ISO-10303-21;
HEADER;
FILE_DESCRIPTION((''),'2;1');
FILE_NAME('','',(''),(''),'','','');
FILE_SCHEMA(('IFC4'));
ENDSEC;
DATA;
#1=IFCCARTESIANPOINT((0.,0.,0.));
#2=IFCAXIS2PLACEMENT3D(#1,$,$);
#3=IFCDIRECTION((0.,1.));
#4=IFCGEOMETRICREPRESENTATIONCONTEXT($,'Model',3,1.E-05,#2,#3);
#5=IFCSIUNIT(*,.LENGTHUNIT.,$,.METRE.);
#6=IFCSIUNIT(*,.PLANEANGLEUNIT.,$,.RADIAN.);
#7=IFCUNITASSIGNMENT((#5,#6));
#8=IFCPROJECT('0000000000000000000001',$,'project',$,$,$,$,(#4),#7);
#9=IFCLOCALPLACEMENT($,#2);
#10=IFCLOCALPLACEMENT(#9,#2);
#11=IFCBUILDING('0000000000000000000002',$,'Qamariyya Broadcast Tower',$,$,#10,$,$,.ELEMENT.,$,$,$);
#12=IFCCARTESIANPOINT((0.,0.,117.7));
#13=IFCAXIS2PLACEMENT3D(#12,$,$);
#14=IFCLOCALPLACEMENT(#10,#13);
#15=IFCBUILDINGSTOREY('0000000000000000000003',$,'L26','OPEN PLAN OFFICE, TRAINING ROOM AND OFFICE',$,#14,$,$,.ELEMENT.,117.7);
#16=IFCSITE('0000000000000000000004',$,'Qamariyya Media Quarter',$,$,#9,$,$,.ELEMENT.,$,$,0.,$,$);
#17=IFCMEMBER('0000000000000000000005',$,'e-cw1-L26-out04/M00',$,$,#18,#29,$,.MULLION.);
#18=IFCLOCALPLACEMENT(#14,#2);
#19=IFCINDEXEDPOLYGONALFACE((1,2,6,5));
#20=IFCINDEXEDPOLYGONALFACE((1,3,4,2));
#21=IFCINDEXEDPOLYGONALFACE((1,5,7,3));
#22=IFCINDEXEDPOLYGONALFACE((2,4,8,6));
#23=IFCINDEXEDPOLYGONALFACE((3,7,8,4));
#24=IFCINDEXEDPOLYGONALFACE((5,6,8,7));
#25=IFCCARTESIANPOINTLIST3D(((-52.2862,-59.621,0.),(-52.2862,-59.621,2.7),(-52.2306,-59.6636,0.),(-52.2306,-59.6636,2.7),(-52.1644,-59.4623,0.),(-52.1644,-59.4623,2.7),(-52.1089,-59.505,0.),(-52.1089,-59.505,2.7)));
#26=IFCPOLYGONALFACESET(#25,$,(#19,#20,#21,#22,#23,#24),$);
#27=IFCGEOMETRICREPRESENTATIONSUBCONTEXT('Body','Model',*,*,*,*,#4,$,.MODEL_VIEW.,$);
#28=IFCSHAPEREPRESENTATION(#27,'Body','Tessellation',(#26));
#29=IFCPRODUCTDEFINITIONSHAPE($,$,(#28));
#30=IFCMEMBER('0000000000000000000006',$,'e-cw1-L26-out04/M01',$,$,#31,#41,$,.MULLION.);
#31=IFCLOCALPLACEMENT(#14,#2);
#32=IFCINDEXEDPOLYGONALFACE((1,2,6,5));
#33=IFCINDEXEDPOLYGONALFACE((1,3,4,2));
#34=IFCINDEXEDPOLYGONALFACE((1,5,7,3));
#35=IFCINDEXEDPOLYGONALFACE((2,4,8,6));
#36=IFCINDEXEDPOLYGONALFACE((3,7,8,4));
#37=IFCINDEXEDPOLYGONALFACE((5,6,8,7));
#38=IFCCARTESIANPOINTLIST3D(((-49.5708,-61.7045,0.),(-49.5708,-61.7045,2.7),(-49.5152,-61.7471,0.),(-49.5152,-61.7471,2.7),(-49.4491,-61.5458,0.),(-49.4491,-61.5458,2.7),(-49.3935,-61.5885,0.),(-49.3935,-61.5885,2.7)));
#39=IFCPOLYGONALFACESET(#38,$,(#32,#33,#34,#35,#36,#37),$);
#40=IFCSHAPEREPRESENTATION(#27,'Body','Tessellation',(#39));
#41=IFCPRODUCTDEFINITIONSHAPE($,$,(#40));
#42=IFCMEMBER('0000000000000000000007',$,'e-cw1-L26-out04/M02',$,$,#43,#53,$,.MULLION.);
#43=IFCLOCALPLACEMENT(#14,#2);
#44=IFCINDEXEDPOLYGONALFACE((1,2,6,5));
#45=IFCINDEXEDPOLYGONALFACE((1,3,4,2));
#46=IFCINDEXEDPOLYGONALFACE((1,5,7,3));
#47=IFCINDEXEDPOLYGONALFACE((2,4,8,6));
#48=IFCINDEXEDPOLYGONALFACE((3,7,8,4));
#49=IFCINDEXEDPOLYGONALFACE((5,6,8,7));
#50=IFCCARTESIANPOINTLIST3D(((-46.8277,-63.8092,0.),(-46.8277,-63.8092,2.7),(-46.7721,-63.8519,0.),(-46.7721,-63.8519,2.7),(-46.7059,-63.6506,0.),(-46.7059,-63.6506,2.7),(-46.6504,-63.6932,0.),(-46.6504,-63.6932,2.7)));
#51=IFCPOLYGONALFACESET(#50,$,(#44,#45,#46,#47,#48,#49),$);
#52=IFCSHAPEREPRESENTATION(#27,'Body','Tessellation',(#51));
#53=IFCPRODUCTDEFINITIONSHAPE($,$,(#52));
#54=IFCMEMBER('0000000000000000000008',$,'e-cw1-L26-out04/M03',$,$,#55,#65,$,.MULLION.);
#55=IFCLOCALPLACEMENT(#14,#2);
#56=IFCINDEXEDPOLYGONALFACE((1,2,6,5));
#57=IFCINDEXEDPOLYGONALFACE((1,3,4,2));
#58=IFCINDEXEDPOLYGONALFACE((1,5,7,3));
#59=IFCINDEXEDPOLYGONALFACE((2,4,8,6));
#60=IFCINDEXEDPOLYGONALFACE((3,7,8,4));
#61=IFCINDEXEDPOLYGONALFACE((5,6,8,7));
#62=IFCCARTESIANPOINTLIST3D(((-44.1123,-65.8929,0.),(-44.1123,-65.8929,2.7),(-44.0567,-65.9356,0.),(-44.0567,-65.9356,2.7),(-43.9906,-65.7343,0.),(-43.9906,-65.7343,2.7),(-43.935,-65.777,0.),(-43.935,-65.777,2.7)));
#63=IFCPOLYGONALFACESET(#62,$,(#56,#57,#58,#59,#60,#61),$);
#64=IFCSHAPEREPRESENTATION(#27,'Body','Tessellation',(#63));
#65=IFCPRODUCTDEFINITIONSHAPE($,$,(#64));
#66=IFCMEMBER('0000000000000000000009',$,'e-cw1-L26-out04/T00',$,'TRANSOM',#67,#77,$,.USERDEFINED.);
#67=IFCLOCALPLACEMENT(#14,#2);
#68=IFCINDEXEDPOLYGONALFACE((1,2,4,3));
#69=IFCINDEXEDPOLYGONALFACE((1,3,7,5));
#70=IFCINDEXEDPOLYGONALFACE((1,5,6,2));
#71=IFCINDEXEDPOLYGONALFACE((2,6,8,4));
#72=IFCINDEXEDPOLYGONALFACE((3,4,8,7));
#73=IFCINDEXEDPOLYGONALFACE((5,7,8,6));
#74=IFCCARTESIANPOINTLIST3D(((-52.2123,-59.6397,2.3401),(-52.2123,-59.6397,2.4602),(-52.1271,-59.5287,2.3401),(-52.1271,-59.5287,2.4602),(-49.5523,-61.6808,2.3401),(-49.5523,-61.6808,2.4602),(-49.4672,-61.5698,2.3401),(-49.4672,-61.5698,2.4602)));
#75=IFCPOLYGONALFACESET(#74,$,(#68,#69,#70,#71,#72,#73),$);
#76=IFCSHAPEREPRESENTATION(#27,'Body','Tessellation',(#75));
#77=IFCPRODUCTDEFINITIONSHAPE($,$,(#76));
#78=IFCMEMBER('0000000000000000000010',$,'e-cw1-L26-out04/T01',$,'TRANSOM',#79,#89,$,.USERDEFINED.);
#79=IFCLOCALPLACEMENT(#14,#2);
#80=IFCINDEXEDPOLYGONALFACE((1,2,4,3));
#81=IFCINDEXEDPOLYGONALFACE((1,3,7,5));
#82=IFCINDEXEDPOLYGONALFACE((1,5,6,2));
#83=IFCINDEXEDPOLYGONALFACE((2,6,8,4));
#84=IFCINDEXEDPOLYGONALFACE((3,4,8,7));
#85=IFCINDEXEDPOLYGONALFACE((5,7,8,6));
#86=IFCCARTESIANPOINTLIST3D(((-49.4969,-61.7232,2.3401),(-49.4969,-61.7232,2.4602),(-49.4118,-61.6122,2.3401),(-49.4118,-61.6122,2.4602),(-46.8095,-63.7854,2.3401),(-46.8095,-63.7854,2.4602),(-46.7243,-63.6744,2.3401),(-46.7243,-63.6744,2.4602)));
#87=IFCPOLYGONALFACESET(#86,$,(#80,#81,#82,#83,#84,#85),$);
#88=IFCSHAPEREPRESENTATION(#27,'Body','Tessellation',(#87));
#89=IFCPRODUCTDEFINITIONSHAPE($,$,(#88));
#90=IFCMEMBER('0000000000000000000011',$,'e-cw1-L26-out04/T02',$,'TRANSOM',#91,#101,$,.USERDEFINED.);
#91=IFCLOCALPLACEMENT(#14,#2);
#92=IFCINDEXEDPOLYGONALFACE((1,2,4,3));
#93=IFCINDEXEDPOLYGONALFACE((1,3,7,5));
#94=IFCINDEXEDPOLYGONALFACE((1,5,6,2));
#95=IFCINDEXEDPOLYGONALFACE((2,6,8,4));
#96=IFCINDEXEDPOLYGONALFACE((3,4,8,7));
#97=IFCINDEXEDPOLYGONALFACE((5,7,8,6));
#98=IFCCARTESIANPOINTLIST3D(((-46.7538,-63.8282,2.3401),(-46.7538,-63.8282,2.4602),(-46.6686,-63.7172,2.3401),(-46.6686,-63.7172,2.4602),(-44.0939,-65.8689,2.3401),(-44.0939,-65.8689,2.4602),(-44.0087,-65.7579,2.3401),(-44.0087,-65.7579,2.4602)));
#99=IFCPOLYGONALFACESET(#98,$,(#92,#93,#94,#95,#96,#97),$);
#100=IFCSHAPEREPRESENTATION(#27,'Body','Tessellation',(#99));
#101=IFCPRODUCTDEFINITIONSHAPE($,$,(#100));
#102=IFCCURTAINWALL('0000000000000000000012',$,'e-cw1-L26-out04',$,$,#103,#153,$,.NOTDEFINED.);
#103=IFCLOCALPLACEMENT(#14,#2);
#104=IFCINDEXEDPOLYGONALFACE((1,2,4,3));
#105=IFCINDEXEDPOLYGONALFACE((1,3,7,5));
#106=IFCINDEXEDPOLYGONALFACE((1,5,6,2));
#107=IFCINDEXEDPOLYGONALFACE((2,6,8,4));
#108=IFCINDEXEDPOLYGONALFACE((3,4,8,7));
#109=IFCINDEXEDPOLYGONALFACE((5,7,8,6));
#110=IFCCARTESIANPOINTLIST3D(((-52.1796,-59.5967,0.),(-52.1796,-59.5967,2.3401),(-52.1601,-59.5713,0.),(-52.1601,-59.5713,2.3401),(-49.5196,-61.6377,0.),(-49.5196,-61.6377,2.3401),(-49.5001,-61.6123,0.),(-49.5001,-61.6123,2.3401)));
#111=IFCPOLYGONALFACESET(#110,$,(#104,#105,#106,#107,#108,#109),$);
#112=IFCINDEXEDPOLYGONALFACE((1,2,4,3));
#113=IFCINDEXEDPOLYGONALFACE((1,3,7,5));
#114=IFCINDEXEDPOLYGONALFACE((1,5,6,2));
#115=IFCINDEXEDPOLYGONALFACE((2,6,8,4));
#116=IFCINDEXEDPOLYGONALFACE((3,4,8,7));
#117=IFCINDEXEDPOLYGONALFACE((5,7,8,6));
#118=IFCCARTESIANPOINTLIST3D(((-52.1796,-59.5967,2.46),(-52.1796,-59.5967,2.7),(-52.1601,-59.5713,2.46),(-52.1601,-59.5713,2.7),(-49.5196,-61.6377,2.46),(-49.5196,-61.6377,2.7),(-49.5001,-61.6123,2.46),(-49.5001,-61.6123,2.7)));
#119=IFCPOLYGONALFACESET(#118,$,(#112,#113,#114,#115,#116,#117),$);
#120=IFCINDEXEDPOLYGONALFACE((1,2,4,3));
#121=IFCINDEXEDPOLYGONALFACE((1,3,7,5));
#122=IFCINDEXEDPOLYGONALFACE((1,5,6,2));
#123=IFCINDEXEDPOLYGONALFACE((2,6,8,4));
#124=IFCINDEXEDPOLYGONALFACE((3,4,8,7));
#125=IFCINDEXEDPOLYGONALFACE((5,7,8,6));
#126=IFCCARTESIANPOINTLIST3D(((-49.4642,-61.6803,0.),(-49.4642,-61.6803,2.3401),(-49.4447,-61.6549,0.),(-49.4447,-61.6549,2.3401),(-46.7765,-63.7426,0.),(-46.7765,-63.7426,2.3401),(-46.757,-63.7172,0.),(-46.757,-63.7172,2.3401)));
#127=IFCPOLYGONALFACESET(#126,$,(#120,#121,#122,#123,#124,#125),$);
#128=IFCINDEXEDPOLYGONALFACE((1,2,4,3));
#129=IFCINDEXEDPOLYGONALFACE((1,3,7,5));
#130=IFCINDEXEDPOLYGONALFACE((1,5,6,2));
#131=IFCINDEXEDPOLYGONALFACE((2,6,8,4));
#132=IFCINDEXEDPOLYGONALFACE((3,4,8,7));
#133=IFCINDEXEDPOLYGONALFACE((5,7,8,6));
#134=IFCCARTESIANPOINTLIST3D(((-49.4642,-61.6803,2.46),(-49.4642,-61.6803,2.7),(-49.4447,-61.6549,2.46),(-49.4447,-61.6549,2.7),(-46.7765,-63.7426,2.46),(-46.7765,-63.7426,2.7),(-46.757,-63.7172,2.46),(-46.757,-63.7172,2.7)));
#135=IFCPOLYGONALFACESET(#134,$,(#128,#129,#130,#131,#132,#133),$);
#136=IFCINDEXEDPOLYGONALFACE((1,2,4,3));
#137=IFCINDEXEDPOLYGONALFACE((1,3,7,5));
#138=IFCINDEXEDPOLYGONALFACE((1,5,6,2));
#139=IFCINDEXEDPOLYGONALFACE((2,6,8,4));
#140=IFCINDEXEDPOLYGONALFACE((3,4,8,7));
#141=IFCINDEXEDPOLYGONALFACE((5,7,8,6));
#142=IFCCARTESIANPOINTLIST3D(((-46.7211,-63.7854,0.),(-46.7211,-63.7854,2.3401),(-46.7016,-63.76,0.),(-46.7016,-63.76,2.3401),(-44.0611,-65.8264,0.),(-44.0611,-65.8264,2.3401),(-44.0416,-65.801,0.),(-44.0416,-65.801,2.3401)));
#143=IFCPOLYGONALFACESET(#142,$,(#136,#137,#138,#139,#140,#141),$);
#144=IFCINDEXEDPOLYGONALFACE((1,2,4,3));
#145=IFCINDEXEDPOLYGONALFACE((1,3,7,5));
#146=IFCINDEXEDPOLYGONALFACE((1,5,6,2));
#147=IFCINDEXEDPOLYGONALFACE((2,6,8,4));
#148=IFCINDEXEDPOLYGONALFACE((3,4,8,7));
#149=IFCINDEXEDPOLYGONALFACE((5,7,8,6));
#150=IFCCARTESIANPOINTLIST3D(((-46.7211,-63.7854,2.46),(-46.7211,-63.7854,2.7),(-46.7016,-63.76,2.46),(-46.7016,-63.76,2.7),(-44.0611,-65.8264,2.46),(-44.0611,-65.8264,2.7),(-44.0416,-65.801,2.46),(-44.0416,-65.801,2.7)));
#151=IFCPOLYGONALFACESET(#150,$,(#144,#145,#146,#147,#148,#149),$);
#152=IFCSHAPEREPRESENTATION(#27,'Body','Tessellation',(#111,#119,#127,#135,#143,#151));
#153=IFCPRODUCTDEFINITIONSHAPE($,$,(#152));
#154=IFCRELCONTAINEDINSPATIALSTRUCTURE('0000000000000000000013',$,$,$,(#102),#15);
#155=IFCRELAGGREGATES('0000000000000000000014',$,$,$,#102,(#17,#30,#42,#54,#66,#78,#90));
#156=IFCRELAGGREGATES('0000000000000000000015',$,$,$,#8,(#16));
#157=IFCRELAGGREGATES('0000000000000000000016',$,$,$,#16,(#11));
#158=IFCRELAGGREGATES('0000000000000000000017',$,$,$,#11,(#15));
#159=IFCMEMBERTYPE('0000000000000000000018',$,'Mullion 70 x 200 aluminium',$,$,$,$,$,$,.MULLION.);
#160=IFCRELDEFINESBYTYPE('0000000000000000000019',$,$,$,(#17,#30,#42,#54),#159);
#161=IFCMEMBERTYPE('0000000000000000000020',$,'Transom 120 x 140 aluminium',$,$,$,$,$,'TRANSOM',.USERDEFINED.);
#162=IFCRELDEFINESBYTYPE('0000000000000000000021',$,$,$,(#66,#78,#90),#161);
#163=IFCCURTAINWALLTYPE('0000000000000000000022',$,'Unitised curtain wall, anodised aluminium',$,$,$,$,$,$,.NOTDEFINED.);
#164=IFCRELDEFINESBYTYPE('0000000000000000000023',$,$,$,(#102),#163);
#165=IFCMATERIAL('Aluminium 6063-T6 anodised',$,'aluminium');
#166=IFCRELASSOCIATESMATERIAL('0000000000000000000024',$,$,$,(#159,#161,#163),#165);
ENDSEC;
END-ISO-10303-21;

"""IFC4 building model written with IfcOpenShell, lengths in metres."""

from ifc_helpers import new_model, si_unit, direction, frame, origin, origin_2d, place, context, subcontext, project, spatial, rectangle, extrude, material, material_profile, profile_set, type_object, element, aggregate, save


model = new_model("IFC4")

# Units and contexts
model_context = context("Model", 3, precision=1e-05, world=origin(), true_north=direction((0.0, 1.0)))
body_context = subcontext(model_context, "Body", "Model", "MODEL_VIEW")
ifc_project = project(units=[si_unit("LENGTHUNIT", "METRE"), si_unit("PLANEANGLEUNIT", "RADIAN")], contexts=[model_context])

# Members
ifc_material = material(Name="Aluminium 6063-T6 anodised", Category="aluminium")
ifc_material_profile_1 = material_profile(ifc_material, rectangle(XDim=0.2, YDim=0.0701, at=origin_2d()))
ifc_profile_set_1 = profile_set([ifc_material_profile_1], Name="Aluminium 6063-T6 anodised")
member_type_1 = type_object("IfcMemberType", Name="Mullion 70 x 200 aluminium", PredefinedType="MULLION", material=ifc_profile_set_1)
site_placement = place(None, origin())
building_placement = place(site_placement, origin())
storey_placement = place(building_placement, frame((0.0, 0.0, 117.7)))
member_1_placement = place(storey_placement, frame((-52.1975, -59.563, 0.0), z_axis=(0.0, 0.0, 1.0), x_axis=(0.608761, 0.793353, 0.0)))
member_1 = element("IfcMember", 1, at=member_1_placement, type_object=member_type_1, Name="e-cw1-L26-out04/M00", PredefinedType="MULLION", context=body_context, shape_type="SweptSolid", body=[
    extrude(rectangle(XDim=0.2, YDim=0.0701, at=origin_2d()), origin(), (0.0, 0.0, 1.0), 2.7),
])
member_2_placement = place(storey_placement, frame((-49.4822, -61.6465, 0.0), z_axis=(0.0, 0.0, 1.0), x_axis=(0.608761, 0.793353, 0.0)))
member_2 = element("IfcMember", 2, at=member_2_placement, type_object=member_type_1, Name="e-cw1-L26-out04/M01", PredefinedType="MULLION", context=body_context, shape_type="SweptSolid", body=[
    extrude(rectangle(XDim=0.2, YDim=0.0701, at=origin_2d()), origin(), (0.0, 0.0, 1.0), 2.7),
])
member_3_placement = place(storey_placement, frame((-46.739, -63.7512, 0.0), z_axis=(0.0, 0.0, 1.0), x_axis=(0.608761, 0.793353, 0.0)))
member_3 = element("IfcMember", 3, at=member_3_placement, type_object=member_type_1, Name="e-cw1-L26-out04/M02", PredefinedType="MULLION", context=body_context, shape_type="SweptSolid", body=[
    extrude(rectangle(XDim=0.2, YDim=0.0701, at=origin_2d()), origin(), (0.0, 0.0, 1.0), 2.7),
])
member_4_placement = place(storey_placement, frame((-44.0237, -65.835, 0.0), z_axis=(0.0, 0.0, 1.0), x_axis=(0.608761, 0.793353, 0.0)))
member_4 = element("IfcMember", 4, at=member_4_placement, type_object=member_type_1, Name="e-cw1-L26-out04/M03", PredefinedType="MULLION", context=body_context, shape_type="SweptSolid", body=[
    extrude(rectangle(XDim=0.2, YDim=0.0701, at=origin_2d()), origin(), (0.0, 0.0, 1.0), 2.7),
])
ifc_material_profile_2 = material_profile(ifc_material, rectangle(XDim=0.1399, YDim=0.1201, at=origin_2d()))
ifc_profile_set_2 = profile_set([ifc_material_profile_2], Name="Aluminium 6063-T6 anodised")
member_type_2 = type_object("IfcMemberType", Name="Transom 120 x 140 aluminium", ElementType="TRANSOM", PredefinedType="USERDEFINED", material=ifc_profile_set_2)
member_5_placement = place(storey_placement, frame((-52.1697, -59.5842, 2.4001), z_axis=(0.793354, -0.60876, 0.0), x_axis=(0.60876, 0.793354, 0.0)))
member_5 = element("IfcMember", 5, at=member_5_placement, type_object=member_type_2, Name="e-cw1-L26-out04/T00", ObjectType="TRANSOM", PredefinedType="USERDEFINED", context=body_context, shape_type="SweptSolid", body=[
    extrude(rectangle(XDim=0.1399, YDim=0.1201, at=origin_2d()), origin(), (0.0, 0.0, 1.0), 3.3528),
])
member_6_placement = place(storey_placement, frame((-49.4543, -61.6677, 2.4001), z_axis=(0.793344, -0.608773, 0.0), x_axis=(0.608773, 0.793344, 0.0)))
member_6 = element("IfcMember", 6, at=member_6_placement, type_object=member_type_2, Name="e-cw1-L26-out04/T01", ObjectType="TRANSOM", PredefinedType="USERDEFINED", context=body_context, shape_type="SweptSolid", body=[
    extrude(rectangle(XDim=0.1399, YDim=0.1201, at=origin_2d()), origin(), (0.0, 0.0, 1.0), 3.3875),
])
member_7_placement = place(storey_placement, frame((-46.7112, -63.7727, 2.4001), z_axis=(0.793389, -0.608714, 0.0), x_axis=(0.608714, 0.793389, 0.0)))
member_7 = element("IfcMember", 7, at=member_7_placement, type_object=member_type_2, Name="e-cw1-L26-out04/T02", ObjectType="TRANSOM", PredefinedType="USERDEFINED", context=body_context, shape_type="SweptSolid", body=[
    extrude(rectangle(XDim=0.1399, YDim=0.1201, at=origin_2d()), origin(), (0.0, 0.0, 1.0), 3.3525),
])

# Site, building, storey
site = spatial("IfcSite", under=ifc_project, at=site_placement, Name="Qamariyya Media Quarter", CompositionType="ELEMENT", RefElevation=0.0)
building = spatial("IfcBuilding", under=site, at=building_placement, Name="Qamariyya Broadcast Tower", CompositionType="ELEMENT")
storey = spatial("IfcBuildingStorey", under=building, at=storey_placement, Name="L26", Description="OPEN PLAN OFFICE, TRAINING ROOM AND OFFICE", CompositionType="ELEMENT", Elevation=117.7)

# Curtain wall
curtain_wall_type = type_object("IfcCurtainWallType", Name="Unitised curtain wall, anodised aluminium", PredefinedType="NOTDEFINED", material=ifc_material)
curtain_wall_1_placement = place(storey_placement, origin())
curtain_wall_1 = element("IfcCurtainWall", 8, at=curtain_wall_1_placement, inside=storey, type_object=curtain_wall_type, Name="e-cw1-L26-out04", PredefinedType="NOTDEFINED", context=body_context, shape_type="SweptSolid", body=[
    extrude(rectangle(XDim=3.3528, YDim=0.032, at=origin_2d()), frame((-50.8398, -60.6045, 0.0), x_axis=(0.793354, -0.608761, 0.0)), (0.0, 0.0, 1.0), 2.3401),
    extrude(rectangle(XDim=3.3528, YDim=0.032, at=origin_2d()), frame((-50.8398, -60.6045, 2.46), x_axis=(0.793354, -0.608761, 0.0)), (0.0, 0.0, 1.0), 0.24),
    extrude(rectangle(XDim=3.3877, YDim=0.032, at=origin_2d()), frame((-48.1106, -62.6987, 0.0), x_axis=(0.793354, -0.608761, 0.0)), (0.0, 0.0, 1.0), 2.3401),
    extrude(rectangle(XDim=3.3877, YDim=0.032, at=origin_2d()), frame((-48.1106, -62.6987, 2.46), x_axis=(0.793354, -0.608761, 0.0)), (0.0, 0.0, 1.0), 0.24),
    extrude(rectangle(XDim=3.3528, YDim=0.032, at=origin_2d()), frame((-45.3813, -64.7932, 0.0), x_axis=(0.793354, -0.608761, 0.0)), (0.0, 0.0, 1.0), 2.3401),
    extrude(rectangle(XDim=3.3528, YDim=0.032, at=origin_2d()), frame((-45.3813, -64.7932, 2.46), x_axis=(0.793354, -0.608761, 0.0)), (0.0, 0.0, 1.0), 0.24),
])
aggregate(curtain_wall_1, [member_1, member_2, member_3, member_4, member_5, member_6, member_7])

save(model, "model.ifc")
